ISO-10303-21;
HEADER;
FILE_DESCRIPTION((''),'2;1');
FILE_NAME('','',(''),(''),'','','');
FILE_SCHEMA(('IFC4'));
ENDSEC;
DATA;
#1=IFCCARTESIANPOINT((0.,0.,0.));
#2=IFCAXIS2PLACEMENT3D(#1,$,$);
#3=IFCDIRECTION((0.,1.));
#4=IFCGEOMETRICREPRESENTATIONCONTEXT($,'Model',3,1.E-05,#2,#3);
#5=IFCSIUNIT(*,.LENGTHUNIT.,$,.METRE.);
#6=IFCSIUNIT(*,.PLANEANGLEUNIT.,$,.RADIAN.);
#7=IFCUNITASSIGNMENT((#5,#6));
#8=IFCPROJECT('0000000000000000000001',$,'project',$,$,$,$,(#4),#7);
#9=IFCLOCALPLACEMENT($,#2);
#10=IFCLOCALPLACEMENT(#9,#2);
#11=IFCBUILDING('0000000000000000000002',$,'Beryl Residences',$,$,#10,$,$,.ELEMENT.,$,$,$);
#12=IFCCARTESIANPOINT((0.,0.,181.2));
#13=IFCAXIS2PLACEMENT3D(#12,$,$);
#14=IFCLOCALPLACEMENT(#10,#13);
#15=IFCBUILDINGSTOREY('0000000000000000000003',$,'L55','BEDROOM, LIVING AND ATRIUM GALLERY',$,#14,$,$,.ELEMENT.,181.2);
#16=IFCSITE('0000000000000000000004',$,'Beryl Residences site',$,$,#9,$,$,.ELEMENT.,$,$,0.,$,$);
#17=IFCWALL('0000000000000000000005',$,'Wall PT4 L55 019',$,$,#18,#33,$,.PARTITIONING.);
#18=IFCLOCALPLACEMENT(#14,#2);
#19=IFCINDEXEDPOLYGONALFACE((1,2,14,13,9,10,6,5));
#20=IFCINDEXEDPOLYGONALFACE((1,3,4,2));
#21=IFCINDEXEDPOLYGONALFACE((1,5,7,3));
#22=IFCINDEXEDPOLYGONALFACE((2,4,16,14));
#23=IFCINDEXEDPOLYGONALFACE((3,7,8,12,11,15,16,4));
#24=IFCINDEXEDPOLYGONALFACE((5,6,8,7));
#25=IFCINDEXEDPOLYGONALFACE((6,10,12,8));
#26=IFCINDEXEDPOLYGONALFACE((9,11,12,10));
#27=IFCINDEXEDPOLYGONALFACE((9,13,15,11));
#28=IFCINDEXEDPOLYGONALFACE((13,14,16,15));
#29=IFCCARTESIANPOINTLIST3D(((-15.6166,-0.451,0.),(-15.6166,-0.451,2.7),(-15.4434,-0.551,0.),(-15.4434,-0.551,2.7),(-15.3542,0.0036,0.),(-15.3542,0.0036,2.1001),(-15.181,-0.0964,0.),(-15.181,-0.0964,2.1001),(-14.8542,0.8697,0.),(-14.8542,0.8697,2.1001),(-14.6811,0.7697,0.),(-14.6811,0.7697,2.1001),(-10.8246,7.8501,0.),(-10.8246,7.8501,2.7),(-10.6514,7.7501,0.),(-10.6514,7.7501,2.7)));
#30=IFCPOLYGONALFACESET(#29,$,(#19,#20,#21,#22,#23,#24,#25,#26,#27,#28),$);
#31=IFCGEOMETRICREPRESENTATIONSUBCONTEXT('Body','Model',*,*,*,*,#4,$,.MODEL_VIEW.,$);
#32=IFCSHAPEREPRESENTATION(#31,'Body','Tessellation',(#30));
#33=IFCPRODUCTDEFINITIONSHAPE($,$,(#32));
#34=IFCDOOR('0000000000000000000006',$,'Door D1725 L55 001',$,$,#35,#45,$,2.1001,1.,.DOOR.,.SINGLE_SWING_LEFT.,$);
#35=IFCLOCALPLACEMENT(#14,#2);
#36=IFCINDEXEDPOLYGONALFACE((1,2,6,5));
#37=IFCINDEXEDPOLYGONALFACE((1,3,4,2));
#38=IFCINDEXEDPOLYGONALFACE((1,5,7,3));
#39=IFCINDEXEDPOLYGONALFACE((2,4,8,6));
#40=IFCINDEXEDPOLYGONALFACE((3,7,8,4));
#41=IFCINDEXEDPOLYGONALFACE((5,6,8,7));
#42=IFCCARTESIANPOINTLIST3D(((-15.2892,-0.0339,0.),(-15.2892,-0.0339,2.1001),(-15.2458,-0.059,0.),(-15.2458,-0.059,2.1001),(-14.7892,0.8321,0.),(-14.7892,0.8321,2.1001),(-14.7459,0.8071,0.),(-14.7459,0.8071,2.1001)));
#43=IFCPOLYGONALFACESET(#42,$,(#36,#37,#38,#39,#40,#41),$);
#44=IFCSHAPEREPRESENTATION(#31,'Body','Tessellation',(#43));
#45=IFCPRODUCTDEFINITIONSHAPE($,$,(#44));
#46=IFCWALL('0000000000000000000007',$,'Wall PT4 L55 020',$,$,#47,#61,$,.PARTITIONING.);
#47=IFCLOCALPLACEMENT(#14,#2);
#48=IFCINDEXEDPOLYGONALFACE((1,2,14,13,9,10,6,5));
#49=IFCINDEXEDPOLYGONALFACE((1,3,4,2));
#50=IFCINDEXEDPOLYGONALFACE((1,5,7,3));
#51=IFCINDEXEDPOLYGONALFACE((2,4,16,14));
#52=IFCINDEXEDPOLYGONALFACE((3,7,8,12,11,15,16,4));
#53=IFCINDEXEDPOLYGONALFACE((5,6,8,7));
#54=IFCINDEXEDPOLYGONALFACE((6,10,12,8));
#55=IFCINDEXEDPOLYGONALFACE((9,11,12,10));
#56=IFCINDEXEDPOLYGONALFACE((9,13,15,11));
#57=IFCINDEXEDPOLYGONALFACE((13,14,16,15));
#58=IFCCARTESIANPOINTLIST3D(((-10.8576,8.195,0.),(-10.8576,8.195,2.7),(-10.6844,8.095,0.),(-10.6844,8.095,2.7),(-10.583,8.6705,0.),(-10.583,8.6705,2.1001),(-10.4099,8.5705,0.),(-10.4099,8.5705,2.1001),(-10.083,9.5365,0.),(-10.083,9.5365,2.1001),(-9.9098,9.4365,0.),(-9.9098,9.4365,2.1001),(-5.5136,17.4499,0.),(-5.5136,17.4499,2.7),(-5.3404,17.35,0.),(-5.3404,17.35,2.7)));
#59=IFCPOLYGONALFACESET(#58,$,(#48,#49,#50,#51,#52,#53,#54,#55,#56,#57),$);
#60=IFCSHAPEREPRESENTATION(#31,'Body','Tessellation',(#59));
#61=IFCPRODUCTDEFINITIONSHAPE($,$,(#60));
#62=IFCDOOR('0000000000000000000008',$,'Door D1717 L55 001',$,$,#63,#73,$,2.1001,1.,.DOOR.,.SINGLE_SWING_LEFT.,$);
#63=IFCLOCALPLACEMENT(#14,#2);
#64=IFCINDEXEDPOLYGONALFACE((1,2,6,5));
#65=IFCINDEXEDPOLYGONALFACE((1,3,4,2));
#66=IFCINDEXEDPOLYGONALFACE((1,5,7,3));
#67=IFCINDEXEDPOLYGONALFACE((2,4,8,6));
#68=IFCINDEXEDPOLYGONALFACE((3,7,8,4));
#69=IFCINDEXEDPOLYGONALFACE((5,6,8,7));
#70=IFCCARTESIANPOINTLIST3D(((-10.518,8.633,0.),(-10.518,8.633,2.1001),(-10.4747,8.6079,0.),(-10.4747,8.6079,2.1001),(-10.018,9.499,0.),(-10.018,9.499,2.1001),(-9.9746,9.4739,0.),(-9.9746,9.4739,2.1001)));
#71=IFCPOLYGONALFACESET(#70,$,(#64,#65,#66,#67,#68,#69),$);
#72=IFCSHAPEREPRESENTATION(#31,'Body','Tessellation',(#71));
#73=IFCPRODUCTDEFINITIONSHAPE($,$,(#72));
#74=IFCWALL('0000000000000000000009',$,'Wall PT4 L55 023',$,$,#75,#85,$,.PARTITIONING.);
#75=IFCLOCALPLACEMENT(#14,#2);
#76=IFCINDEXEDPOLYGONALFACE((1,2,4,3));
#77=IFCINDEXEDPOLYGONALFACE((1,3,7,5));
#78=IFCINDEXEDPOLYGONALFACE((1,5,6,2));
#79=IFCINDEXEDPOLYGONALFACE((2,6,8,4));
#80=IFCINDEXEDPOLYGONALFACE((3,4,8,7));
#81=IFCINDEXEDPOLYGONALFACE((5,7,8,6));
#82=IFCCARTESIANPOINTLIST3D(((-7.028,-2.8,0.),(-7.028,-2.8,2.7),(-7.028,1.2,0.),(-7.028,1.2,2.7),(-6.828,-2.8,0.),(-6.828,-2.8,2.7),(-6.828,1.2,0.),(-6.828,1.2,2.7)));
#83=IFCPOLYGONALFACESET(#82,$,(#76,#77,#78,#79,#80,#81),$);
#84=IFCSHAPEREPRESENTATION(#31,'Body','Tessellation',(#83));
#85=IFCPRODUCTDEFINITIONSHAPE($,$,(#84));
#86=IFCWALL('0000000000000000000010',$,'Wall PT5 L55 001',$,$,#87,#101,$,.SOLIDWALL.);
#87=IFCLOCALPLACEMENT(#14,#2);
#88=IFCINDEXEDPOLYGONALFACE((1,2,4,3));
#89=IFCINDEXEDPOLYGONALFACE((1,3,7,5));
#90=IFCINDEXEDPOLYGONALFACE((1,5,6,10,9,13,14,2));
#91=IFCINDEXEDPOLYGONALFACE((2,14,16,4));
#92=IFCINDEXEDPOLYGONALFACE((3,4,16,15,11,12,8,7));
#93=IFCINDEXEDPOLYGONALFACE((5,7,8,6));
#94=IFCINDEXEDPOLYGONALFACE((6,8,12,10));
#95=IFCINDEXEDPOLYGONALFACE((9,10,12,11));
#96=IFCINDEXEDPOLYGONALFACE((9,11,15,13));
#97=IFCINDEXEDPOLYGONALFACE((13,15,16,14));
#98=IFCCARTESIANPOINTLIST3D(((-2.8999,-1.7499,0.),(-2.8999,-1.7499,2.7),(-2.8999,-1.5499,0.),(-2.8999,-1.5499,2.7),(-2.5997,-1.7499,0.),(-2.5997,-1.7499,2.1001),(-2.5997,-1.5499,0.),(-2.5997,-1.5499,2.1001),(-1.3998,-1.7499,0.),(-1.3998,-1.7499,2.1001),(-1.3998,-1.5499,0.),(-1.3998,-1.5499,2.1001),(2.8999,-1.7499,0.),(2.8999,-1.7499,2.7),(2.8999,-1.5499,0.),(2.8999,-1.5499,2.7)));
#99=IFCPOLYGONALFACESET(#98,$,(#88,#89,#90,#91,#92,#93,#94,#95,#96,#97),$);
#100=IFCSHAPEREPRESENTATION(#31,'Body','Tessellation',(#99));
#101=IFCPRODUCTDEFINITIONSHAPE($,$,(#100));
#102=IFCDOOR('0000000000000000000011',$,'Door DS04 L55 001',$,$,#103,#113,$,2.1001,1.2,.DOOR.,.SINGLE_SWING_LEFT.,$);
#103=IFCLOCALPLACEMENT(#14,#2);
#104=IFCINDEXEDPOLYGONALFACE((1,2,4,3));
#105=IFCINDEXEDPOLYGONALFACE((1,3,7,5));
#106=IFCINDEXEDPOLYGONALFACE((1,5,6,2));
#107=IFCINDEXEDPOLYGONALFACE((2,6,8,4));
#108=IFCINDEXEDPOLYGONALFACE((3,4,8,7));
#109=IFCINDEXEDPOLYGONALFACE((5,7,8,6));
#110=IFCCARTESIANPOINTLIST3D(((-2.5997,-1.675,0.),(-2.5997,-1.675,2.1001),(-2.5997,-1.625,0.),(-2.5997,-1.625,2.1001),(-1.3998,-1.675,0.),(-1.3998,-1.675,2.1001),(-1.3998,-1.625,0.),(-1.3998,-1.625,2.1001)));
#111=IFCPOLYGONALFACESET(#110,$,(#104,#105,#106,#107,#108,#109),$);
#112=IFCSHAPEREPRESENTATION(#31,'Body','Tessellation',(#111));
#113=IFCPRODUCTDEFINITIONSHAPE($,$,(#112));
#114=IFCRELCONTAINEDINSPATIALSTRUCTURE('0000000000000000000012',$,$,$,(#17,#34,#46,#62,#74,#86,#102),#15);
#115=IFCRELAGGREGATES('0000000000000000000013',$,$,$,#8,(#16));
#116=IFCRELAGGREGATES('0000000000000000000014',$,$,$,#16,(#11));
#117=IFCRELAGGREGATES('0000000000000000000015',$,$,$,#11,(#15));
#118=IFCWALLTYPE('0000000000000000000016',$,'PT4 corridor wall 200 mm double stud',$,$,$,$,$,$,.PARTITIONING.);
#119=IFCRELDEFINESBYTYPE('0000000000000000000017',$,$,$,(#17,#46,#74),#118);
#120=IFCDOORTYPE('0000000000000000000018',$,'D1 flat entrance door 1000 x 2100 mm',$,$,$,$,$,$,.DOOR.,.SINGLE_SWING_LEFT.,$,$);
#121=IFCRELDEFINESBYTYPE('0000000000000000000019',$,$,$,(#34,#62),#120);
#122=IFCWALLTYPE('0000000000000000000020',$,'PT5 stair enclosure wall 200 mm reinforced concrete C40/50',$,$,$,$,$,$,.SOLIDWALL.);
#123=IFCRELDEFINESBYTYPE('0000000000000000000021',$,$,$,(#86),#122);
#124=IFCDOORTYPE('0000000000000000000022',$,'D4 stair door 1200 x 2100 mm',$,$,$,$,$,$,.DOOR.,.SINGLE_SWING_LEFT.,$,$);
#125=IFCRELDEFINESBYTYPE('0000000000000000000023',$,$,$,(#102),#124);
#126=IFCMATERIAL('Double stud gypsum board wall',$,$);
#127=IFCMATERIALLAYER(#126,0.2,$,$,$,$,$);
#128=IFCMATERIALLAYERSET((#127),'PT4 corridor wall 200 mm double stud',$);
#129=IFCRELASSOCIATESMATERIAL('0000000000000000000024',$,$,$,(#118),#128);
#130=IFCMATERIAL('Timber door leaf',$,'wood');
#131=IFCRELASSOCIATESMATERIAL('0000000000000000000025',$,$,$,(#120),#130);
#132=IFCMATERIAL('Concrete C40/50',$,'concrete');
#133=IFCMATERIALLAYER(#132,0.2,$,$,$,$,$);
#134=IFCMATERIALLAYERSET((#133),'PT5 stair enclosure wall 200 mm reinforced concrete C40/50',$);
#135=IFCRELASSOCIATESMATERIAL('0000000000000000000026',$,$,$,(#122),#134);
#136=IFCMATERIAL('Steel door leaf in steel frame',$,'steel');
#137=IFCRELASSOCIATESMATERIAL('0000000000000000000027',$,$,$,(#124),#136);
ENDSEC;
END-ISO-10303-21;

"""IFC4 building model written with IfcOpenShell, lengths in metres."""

from ifc_helpers import new_model, si_unit, direction, frame, frame_2d, origin, place, context, subcontext, project, spatial, rectangle, extrude, material, layer, layer_set, type_object, element, fill, save


model = new_model("IFC4")

# Units and contexts
model_context = context("Model", 3, precision=1e-05, world=origin(), true_north=direction((0.0, 1.0)))
body_context = subcontext(model_context, "Body", "Model", "MODEL_VIEW")
ifc_project = project(units=[si_unit("LENGTHUNIT", "METRE"), si_unit("PLANEANGLEUNIT", "RADIAN")], contexts=[model_context])

# Site, building, storey
site_placement = place(None, origin())
site = spatial("IfcSite", under=ifc_project, at=site_placement, Name="Beryl Residences site", CompositionType="ELEMENT", RefElevation=0.0)
building_placement = place(site_placement, origin())
building = spatial("IfcBuilding", under=site, at=building_placement, Name="Beryl Residences", CompositionType="ELEMENT")
storey_placement = place(building_placement, frame((0.0, 0.0, 181.2)))
storey = spatial("IfcBuildingStorey", under=building, at=storey_placement, Name="L55", Description="BEDROOM, LIVING AND ATRIUM GALLERY", CompositionType="ELEMENT", Elevation=181.2)

# Shared definitions
ifc_material_1 = material(Name="Double stud gypsum board wall")
ifc_layer_1 = layer(ifc_material_1, 0.2)
ifc_layer_set_1 = layer_set([ifc_layer_1], Name="PT4 corridor wall 200 mm double stud")
wall_type_1 = type_object("IfcWallType", Name="PT4 corridor wall 200 mm double stud", PredefinedType="PARTITIONING", material=ifc_layer_set_1)

# Walls, openings, doors
wall_1_placement = place(storey_placement, frame((-15.53, -0.501, 0.0), z_axis=(0.0, 0.0, 1.0), x_axis=(0.499952, 0.866053, 0.0)))
wall_1 = element("IfcWall", 1, at=wall_1_placement, inside=storey, type_object=wall_type_1, Name="Wall PT4 L55 019", PredefinedType="PARTITIONING", context=body_context, shape_type="SweptSolid", body=[
    extrude(rectangle(XDim=9.585, YDim=0.2, at=frame_2d((4.7925, 0.0))), origin(), (0.0, 0.0, 1.0), 2.7),
])
opening_1_placement = place(wall_1_placement, frame((0.5249, 0.0, 0.0)))
opening_1 = element("IfcOpeningElement", 2, at=opening_1_placement, cuts=wall_1, PredefinedType="OPENING", context=body_context, shape_type="SweptSolid", body=[
    extrude(rectangle(XDim=1.0, YDim=2.1001, at=frame_2d((0.5, 1.05))), frame((0.0, 0.1099, 0.0), z_axis=(0.0, -1.0, 0.0), x_axis=(1.0, 0.0, 0.0)), (0.0, 0.0, 1.0), 0.22),
])
ifc_material_2 = material(Name="Timber door leaf", Category="wood")
door_type_1 = type_object("IfcDoorType", Name="D1 flat entrance door 1000 x 2100 mm", OperationType="SINGLE_SWING_LEFT", PredefinedType="DOOR", material=ifc_material_2)
door_1_placement = place(opening_1_placement, origin())
door_1 = element("IfcDoor", 3, at=door_1_placement, inside=storey, type_object=door_type_1, Name="Door D1725 L55 001", OperationType="SINGLE_SWING_LEFT", OverallHeight=2.1001, OverallWidth=1.0, PredefinedType="DOOR", context=body_context, shape_type="SweptSolid", body=[
    extrude(rectangle(XDim=1.0, YDim=2.1001, at=frame_2d((0.5, 1.05))), frame((0.0, 0.0249, 0.0), z_axis=(0.0, -1.0, 0.0), x_axis=(1.0, 0.0, 0.0)), (0.0, 0.0, 1.0), 0.05),
])
fill(opening_1, door_1)
wall_2_placement = place(storey_placement, frame((-10.771, 8.145, 0.0), z_axis=(0.0, 0.0, 1.0), x_axis=(0.500048, 0.865998, 0.0)))
wall_2 = element("IfcWall", 4, at=wall_2_placement, inside=storey, type_object=wall_type_1, Name="Wall PT4 L55 020", PredefinedType="PARTITIONING", context=body_context, shape_type="SweptSolid", body=[
    extrude(rectangle(XDim=10.687, YDim=0.2, at=frame_2d((5.3435, 0.0))), origin(), (0.0, 0.0, 1.0), 2.7),
])
opening_2_placement = place(wall_2_placement, frame((0.5491, 0.0, 0.0)))
opening_2 = element("IfcOpeningElement", 5, at=opening_2_placement, cuts=wall_2, PredefinedType="OPENING", context=body_context, shape_type="SweptSolid", body=[
    extrude(rectangle(XDim=1.0, YDim=2.1001, at=frame_2d((0.5, 1.05))), frame((0.0, 0.1099, 0.0), z_axis=(0.0, -1.0, 0.0), x_axis=(1.0, 0.0, 0.0)), (0.0, 0.0, 1.0), 0.22),
])
door_2_placement = place(opening_2_placement, origin())
door_2 = element("IfcDoor", 6, at=door_2_placement, inside=storey, type_object=door_type_1, Name="Door D1717 L55 001", OperationType="SINGLE_SWING_LEFT", OverallHeight=2.1001, OverallWidth=1.0, PredefinedType="DOOR", context=body_context, shape_type="SweptSolid", body=[
    extrude(rectangle(XDim=1.0, YDim=2.1001, at=frame_2d((0.5, 1.05))), frame((0.0, 0.0249, 0.0), z_axis=(0.0, -1.0, 0.0), x_axis=(1.0, 0.0, 0.0)), (0.0, 0.0, 1.0), 0.05),
])
fill(opening_2, door_2)

# Wall
wall_3_placement = place(storey_placement, frame((-6.928, -2.8, 0.0), z_axis=(0.0, 0.0, 1.0), x_axis=(0.0, 1.0, 0.0)))
element("IfcWall", 7, at=wall_3_placement, inside=storey, type_object=wall_type_1, Name="Wall PT4 L55 023", PredefinedType="PARTITIONING", context=body_context, shape_type="SweptSolid", body=[
    extrude(rectangle(XDim=4.0, YDim=0.2, at=frame_2d((2.0, 0.0))), origin(), (0.0, 0.0, 1.0), 2.7),
])

# Wall, opening, door
ifc_material_3 = material(Name="Concrete C40/50", Category="concrete")
ifc_layer_2 = layer(ifc_material_3, 0.2)
ifc_layer_set_2 = layer_set([ifc_layer_2], Name="PT5 stair enclosure wall 200 mm reinforced concrete C40/50")
wall_type_2 = type_object("IfcWallType", Name="PT5 stair enclosure wall 200 mm reinforced concrete C40/50", PredefinedType="SOLIDWALL", material=ifc_layer_set_2)
wall_4_placement = place(storey_placement, frame((-2.8999, -1.6499, 0.0), z_axis=(0.0, 0.0, 1.0), x_axis=(1.0, 0.0, 0.0)))
wall_4 = element("IfcWall", 8, at=wall_4_placement, inside=storey, type_object=wall_type_2, Name="Wall PT5 L55 001", PredefinedType="SOLIDWALL", context=body_context, shape_type="SweptSolid", body=[
    extrude(rectangle(XDim=5.7998, YDim=0.2, at=frame_2d((2.8999, 0.0))), origin(), (0.0, 0.0, 1.0), 2.7),
])
opening_3_placement = place(wall_4_placement, frame((0.3, 0.0, 0.0)))
opening_3 = element("IfcOpeningElement", 9, at=opening_3_placement, cuts=wall_4, PredefinedType="OPENING", context=body_context, shape_type="SweptSolid", body=[
    extrude(rectangle(XDim=1.2, YDim=2.1001, at=frame_2d((0.6001, 1.05))), frame((0.0, 0.1099, 0.0), z_axis=(0.0, -1.0, 0.0), x_axis=(1.0, 0.0, 0.0)), (0.0, 0.0, 1.0), 0.22),
])
ifc_material_4 = material(Name="Steel door leaf in steel frame", Category="steel")
door_type_2 = type_object("IfcDoorType", Name="D4 stair door 1200 x 2100 mm", OperationType="SINGLE_SWING_LEFT", PredefinedType="DOOR", material=ifc_material_4)
door_3_placement = place(opening_3_placement, origin())
door_3 = element("IfcDoor", 10, at=door_3_placement, inside=storey, type_object=door_type_2, Name="Door DS04 L55 001", OperationType="SINGLE_SWING_LEFT", OverallHeight=2.1001, OverallWidth=1.2, PredefinedType="DOOR", context=body_context, shape_type="SweptSolid", body=[
    extrude(rectangle(XDim=1.2, YDim=2.1001, at=frame_2d((0.6001, 1.05))), frame((0.0, 0.0249, 0.0), z_axis=(0.0, -1.0, 0.0), x_axis=(1.0, 0.0, 0.0)), (0.0, 0.0, 1.0), 0.05),
])
fill(opening_3, door_3)

save(model, "model.ifc")
